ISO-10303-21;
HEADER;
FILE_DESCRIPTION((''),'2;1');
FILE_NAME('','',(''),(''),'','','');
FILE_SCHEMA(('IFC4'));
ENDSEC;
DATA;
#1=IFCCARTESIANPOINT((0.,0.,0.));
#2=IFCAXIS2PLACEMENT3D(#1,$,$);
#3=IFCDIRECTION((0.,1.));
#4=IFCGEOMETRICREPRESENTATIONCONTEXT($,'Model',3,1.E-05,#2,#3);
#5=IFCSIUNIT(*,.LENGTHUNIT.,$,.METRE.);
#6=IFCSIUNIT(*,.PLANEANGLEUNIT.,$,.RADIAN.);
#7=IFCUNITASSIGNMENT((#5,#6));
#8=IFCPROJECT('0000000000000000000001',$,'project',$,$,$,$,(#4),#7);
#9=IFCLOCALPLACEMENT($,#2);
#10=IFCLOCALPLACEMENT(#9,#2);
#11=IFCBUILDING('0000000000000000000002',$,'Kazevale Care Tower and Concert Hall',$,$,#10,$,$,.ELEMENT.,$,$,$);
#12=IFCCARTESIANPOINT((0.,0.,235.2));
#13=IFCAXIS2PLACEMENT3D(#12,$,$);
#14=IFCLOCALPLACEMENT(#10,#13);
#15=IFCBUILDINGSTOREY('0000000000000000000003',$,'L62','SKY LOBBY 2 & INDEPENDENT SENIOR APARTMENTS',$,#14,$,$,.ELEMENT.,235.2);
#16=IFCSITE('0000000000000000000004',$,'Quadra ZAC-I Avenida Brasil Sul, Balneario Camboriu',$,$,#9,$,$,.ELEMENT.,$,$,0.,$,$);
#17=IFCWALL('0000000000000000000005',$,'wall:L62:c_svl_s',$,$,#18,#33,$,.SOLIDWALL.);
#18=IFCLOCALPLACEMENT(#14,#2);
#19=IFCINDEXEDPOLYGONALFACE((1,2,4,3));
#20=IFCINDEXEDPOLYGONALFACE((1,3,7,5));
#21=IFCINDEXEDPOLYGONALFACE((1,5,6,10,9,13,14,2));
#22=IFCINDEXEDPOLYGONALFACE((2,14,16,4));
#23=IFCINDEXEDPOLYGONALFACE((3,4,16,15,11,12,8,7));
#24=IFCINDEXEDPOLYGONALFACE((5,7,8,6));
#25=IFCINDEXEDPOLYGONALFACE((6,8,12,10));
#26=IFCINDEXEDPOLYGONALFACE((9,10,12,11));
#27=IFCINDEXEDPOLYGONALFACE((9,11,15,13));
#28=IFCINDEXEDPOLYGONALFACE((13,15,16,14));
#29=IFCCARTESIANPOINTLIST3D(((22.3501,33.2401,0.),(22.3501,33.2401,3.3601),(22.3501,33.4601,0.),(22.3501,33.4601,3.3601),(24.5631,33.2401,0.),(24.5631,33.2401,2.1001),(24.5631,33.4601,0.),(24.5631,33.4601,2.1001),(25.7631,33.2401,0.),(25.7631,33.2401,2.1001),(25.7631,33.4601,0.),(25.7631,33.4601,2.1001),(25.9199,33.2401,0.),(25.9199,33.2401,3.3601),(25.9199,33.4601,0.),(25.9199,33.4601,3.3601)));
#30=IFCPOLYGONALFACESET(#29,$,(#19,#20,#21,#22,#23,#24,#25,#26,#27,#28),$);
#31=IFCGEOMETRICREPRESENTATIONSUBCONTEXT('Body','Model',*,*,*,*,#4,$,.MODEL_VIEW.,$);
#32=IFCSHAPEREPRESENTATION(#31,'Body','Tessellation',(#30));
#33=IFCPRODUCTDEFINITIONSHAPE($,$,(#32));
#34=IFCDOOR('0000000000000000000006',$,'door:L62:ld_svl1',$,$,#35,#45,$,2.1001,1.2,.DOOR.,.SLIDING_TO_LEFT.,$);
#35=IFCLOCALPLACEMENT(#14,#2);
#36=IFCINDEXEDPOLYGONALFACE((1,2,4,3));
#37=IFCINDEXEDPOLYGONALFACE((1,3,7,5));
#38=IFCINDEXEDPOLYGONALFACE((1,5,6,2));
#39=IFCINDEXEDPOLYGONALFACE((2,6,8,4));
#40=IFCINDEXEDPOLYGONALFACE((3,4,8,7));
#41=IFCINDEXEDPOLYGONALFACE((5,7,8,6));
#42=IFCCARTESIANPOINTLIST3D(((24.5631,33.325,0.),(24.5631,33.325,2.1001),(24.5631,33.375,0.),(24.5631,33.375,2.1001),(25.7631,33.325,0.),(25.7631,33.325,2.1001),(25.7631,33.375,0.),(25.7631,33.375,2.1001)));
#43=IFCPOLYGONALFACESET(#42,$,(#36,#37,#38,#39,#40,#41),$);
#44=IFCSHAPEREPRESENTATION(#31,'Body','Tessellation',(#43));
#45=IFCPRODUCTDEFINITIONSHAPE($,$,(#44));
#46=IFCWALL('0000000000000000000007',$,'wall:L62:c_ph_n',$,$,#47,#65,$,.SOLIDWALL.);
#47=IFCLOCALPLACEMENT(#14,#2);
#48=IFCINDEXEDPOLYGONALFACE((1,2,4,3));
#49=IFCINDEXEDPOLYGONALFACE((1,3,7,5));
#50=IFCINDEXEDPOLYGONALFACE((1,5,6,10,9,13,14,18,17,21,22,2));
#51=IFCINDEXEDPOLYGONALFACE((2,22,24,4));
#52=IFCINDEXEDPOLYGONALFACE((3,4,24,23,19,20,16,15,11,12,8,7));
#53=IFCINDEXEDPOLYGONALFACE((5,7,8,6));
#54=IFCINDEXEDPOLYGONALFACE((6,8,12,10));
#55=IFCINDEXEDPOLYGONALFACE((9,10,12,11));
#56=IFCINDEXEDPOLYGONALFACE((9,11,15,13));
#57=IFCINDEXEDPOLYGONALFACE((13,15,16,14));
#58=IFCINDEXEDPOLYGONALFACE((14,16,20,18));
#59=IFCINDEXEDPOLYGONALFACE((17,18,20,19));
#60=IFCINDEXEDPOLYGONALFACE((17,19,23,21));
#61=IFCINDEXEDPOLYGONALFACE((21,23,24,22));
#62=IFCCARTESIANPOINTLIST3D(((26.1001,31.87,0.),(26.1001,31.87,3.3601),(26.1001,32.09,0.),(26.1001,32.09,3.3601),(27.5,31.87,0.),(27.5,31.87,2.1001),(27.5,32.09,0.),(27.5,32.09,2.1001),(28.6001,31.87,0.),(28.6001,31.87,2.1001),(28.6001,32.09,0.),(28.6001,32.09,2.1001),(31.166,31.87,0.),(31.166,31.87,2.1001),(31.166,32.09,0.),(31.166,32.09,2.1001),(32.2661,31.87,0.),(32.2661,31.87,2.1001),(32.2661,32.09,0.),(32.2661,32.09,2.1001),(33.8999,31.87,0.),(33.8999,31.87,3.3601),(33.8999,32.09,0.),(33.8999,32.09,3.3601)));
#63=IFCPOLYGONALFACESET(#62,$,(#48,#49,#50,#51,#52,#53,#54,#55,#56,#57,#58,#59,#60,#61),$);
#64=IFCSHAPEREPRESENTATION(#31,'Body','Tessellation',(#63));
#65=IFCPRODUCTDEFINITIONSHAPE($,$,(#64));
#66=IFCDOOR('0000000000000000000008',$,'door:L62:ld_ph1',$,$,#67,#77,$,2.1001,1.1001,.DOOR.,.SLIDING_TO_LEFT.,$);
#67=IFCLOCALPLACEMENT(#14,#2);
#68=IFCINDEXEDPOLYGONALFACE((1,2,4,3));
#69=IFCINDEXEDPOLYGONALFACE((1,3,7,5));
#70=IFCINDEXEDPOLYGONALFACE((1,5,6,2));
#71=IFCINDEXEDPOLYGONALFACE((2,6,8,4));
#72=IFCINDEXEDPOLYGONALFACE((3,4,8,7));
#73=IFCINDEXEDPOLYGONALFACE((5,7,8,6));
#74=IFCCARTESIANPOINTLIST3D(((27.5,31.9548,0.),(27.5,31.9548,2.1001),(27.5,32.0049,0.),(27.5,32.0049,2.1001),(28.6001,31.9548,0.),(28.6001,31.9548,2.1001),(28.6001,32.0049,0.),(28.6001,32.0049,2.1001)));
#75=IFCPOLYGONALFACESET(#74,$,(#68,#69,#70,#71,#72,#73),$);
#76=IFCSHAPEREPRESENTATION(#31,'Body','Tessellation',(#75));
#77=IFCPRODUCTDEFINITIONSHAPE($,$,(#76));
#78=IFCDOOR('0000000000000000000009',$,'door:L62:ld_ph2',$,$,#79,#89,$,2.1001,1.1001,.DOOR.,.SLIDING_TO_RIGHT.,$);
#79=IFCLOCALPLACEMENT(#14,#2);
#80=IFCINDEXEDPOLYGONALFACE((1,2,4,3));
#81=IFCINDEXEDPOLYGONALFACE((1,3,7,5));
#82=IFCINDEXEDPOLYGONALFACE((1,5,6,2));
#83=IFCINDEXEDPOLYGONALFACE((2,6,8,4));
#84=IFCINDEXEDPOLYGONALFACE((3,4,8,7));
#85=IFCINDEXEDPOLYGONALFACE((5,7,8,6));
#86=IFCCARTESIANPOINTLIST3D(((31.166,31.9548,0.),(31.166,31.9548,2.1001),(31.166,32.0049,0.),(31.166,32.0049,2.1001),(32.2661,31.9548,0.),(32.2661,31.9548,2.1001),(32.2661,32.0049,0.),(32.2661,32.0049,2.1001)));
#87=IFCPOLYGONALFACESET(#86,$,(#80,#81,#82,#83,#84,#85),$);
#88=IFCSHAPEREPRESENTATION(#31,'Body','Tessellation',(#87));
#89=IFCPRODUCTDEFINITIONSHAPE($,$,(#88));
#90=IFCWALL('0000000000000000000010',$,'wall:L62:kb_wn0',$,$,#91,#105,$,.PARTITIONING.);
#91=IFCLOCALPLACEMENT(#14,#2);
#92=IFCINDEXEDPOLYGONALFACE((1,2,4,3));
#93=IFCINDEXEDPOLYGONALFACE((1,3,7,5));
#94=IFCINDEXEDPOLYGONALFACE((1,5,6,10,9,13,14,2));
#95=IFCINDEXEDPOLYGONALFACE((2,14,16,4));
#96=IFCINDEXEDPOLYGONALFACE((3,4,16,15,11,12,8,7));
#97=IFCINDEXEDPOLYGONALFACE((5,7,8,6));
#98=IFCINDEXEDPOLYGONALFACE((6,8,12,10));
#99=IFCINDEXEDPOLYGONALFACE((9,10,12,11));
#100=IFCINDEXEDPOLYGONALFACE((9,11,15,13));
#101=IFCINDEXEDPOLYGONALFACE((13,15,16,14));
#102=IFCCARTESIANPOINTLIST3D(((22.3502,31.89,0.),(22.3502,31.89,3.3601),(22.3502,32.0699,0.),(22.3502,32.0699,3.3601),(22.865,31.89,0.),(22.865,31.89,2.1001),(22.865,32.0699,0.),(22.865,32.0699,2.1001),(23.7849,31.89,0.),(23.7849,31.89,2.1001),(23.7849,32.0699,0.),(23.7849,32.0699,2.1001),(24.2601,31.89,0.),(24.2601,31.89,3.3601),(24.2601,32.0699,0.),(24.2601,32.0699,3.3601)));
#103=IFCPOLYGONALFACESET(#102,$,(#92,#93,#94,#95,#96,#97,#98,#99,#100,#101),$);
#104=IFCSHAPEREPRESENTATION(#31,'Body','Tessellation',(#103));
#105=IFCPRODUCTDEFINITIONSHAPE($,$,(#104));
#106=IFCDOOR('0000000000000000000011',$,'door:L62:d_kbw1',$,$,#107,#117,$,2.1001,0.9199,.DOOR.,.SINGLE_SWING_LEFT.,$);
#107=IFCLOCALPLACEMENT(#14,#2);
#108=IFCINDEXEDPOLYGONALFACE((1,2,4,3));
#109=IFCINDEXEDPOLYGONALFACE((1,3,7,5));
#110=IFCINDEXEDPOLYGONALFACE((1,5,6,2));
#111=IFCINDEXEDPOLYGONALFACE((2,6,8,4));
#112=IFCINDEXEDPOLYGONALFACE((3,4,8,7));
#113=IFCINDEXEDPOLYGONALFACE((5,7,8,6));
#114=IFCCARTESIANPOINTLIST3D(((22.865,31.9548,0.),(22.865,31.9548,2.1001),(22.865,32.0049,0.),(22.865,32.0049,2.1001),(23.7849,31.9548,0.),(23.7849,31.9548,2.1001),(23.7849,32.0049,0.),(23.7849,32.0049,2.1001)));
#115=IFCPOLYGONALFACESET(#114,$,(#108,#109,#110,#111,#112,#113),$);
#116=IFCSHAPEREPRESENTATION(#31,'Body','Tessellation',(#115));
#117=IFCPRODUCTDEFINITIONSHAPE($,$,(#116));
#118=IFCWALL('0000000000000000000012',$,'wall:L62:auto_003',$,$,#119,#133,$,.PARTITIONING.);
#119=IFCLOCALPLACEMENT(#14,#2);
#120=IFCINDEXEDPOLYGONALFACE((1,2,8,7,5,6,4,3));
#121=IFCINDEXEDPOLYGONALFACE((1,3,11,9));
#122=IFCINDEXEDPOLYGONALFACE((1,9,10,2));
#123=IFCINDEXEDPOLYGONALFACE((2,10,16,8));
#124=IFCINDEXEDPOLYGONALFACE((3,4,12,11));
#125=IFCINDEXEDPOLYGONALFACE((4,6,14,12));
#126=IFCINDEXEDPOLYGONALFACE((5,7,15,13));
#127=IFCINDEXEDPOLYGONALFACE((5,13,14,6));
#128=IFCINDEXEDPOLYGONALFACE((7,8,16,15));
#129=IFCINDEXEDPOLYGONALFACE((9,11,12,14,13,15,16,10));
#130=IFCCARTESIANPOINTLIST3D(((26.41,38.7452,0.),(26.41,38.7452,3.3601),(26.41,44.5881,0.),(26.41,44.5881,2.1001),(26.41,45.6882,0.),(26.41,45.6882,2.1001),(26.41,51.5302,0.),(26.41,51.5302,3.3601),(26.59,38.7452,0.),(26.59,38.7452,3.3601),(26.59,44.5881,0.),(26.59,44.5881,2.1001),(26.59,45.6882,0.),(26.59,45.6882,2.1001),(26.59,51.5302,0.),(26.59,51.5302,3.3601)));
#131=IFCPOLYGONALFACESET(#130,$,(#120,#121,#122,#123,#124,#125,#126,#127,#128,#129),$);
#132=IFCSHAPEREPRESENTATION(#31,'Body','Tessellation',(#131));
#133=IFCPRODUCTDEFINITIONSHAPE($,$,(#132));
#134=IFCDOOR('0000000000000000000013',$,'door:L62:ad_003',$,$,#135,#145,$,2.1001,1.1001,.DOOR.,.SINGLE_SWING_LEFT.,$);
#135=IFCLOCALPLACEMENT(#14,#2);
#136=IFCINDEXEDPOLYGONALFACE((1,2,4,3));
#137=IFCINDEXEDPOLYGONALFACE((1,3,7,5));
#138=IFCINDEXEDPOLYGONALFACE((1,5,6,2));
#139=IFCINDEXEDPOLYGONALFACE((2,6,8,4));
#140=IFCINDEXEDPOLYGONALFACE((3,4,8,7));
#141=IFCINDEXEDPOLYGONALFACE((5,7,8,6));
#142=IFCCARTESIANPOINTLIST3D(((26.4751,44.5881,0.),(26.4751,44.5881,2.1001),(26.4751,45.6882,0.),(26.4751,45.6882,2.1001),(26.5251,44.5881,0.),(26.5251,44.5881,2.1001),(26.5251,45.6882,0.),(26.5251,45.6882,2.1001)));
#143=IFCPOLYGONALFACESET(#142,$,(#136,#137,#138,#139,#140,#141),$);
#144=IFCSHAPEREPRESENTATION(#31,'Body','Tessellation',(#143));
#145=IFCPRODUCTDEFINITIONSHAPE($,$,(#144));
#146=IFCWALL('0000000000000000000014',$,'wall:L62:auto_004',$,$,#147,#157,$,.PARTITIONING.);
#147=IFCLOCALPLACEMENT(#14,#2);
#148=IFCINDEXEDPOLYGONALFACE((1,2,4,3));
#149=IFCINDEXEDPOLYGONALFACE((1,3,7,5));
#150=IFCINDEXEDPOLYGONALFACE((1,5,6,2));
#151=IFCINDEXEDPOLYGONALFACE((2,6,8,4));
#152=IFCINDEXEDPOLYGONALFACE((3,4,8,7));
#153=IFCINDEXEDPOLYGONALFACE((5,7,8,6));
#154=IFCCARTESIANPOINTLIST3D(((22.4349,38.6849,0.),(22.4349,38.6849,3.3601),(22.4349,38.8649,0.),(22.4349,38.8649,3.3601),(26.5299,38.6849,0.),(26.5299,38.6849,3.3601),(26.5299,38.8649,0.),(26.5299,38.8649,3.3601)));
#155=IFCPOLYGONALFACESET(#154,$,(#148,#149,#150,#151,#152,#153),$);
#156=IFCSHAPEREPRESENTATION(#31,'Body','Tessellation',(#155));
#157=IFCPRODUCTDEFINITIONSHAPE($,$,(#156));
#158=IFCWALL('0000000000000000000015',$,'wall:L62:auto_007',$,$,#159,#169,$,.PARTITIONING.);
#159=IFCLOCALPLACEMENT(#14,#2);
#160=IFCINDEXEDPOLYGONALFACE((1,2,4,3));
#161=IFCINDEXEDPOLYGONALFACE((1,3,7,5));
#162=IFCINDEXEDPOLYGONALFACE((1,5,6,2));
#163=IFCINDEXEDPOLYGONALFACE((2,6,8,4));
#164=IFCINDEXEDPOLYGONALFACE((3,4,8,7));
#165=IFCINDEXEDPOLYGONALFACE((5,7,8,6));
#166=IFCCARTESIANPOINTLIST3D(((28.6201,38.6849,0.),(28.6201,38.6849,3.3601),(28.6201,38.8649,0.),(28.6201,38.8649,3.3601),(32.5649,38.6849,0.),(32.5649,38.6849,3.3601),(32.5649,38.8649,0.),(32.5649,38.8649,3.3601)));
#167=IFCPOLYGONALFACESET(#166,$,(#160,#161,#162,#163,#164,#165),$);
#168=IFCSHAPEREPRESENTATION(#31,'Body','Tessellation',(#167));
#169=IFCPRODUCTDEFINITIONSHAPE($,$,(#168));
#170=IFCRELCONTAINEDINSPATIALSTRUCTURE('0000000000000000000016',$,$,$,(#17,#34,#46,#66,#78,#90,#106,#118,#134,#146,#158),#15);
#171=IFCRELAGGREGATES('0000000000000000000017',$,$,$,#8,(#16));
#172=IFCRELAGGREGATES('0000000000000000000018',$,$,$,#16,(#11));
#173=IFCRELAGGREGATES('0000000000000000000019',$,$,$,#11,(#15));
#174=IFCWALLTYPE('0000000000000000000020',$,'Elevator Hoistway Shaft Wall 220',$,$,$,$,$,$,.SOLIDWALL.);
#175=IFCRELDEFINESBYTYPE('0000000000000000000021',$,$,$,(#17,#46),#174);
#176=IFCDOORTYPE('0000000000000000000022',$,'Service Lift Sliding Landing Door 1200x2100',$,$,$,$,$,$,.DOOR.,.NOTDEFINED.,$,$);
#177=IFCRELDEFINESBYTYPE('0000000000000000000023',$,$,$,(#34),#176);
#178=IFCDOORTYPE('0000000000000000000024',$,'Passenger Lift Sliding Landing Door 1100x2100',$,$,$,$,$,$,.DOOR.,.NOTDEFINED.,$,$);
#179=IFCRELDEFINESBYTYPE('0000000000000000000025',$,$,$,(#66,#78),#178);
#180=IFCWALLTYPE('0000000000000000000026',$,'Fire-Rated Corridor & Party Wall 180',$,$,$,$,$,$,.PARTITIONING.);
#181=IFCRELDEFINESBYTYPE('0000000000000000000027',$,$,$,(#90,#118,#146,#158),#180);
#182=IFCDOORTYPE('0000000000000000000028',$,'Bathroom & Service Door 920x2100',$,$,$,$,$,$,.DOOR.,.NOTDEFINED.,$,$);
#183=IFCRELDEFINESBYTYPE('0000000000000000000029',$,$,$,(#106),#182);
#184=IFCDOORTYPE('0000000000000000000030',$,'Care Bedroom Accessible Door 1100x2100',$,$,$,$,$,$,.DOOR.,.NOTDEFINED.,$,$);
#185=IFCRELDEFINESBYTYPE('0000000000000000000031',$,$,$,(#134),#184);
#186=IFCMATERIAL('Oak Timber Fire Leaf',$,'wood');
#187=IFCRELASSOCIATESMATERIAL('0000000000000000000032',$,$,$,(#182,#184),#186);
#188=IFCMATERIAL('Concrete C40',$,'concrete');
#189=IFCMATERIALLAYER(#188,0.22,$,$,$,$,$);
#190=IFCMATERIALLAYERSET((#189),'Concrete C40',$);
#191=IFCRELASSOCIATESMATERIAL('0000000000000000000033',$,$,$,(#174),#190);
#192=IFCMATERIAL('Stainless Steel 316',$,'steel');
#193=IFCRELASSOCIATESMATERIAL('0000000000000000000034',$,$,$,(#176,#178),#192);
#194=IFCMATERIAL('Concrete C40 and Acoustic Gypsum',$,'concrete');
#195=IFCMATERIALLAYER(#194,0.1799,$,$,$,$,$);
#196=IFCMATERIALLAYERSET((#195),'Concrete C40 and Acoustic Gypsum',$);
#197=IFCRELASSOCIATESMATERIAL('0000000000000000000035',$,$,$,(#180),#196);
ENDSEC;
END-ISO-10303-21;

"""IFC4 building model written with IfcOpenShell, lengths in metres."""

from ifc_helpers import new_model, si_unit, direction, frame, frame_2d, origin, place, context, subcontext, project, spatial, rectangle, extrude, material, layer, layer_set, type_object, element, fill, save


model = new_model("IFC4")

# Units and contexts
model_context = context("Model", 3, precision=1e-05, world=origin(), true_north=direction((0.0, 1.0)))
body_context = subcontext(model_context, "Body", "Model", "MODEL_VIEW")
ifc_project = project(units=[si_unit("LENGTHUNIT", "METRE"), si_unit("PLANEANGLEUNIT", "RADIAN")], contexts=[model_context])

# Site, building, storey
site_placement = place(None, origin())
site = spatial("IfcSite", under=ifc_project, at=site_placement, Name="Quadra ZAC-I Avenida Brasil Sul, Balneario Camboriu", CompositionType="ELEMENT", RefElevation=0.0)
building_placement = place(site_placement, origin())
building = spatial("IfcBuilding", under=site, at=building_placement, Name="Kazevale Care Tower and Concert Hall", CompositionType="ELEMENT")
storey_placement = place(building_placement, frame((0.0, 0.0, 235.2)))
storey = spatial("IfcBuildingStorey", under=building, at=storey_placement, Name="L62", Description="SKY LOBBY 2 & INDEPENDENT SENIOR APARTMENTS", CompositionType="ELEMENT", Elevation=235.2)

# Shared definitions
ifc_material_1 = material(Name="Oak Timber Fire Leaf", Category="wood")
door_type_1 = type_object("IfcDoorType", Name="Bathroom & Service Door 920x2100", OperationType="NOTDEFINED", PredefinedType="DOOR", material=ifc_material_1)

# Shared definitions
ifc_material_2 = material(Name="Concrete C40", Category="concrete")
ifc_layer_1 = layer(ifc_material_2, 0.22)
ifc_layer_set_1 = layer_set([ifc_layer_1], Name="Concrete C40")
wall_type_1 = type_object("IfcWallType", Name="Elevator Hoistway Shaft Wall 220", PredefinedType="SOLIDWALL", material=ifc_layer_set_1)

# Wall, opening, door
wall_1_placement = place(storey_placement, frame((22.3501, 33.3501, 0.0), z_axis=(0.0, 0.0, 1.0), x_axis=(1.0, 0.0, 0.0)))
wall_1 = element("IfcWall", 1, at=wall_1_placement, inside=storey, type_object=wall_type_1, Name="wall:L62:c_svl_s", PredefinedType="SOLIDWALL", context=body_context, shape_type="SweptSolid", body=[
    extrude(rectangle(XDim=3.5698, YDim=0.22, at=frame_2d((1.7849, 0.0))), origin(), (0.0, 0.0, 1.0), 3.3601),
])
opening_1_placement = place(wall_1_placement, frame((2.2129, 0.0, 0.0)))
opening_1 = element("IfcOpeningElement", 2, at=opening_1_placement, cuts=wall_1, PredefinedType="OPENING", context=body_context, shape_type="SweptSolid", body=[
    extrude(rectangle(XDim=1.2, YDim=2.1001, at=frame_2d((0.6001, 1.05))), frame((0.0, 0.1199, 0.0), z_axis=(0.0, -1.0, 0.0), x_axis=(1.0, 0.0, 0.0)), (0.0, 0.0, 1.0), 0.24),
])
ifc_material_3 = material(Name="Stainless Steel 316", Category="steel")
door_type_2 = type_object("IfcDoorType", Name="Service Lift Sliding Landing Door 1200x2100", OperationType="NOTDEFINED", PredefinedType="DOOR", material=ifc_material_3)
door_1_placement = place(opening_1_placement, origin())
door_1 = element("IfcDoor", 3, at=door_1_placement, inside=storey, type_object=door_type_2, Name="door:L62:ld_svl1", OperationType="SLIDING_TO_LEFT", OverallHeight=2.1001, OverallWidth=1.2, PredefinedType="DOOR", context=body_context, shape_type="SweptSolid", body=[
    extrude(rectangle(XDim=1.2, YDim=2.1001, at=frame_2d((0.6001, 1.05))), frame((0.0, 0.0249, 0.0), z_axis=(0.0, -1.0, 0.0), x_axis=(1.0, 0.0, 0.0)), (0.0, 0.0, 1.0), 0.05),
])
fill(opening_1, door_1)

# Wall, openings, doors
wall_2_placement = place(storey_placement, frame((26.1001, 31.98, 0.0), z_axis=(0.0, 0.0, 1.0), x_axis=(1.0, 0.0, 0.0)))
wall_2 = element("IfcWall", 4, at=wall_2_placement, inside=storey, type_object=wall_type_1, Name="wall:L62:c_ph_n", PredefinedType="SOLIDWALL", context=body_context, shape_type="SweptSolid", body=[
    extrude(rectangle(XDim=7.7998, YDim=0.22, at=frame_2d((3.8999, 0.0))), origin(), (0.0, 0.0, 1.0), 3.3601),
])
opening_2_placement = place(wall_2_placement, frame((1.3999, 0.0, 0.0)))
opening_2 = element("IfcOpeningElement", 5, at=opening_2_placement, cuts=wall_2, PredefinedType="OPENING", context=body_context, shape_type="SweptSolid", body=[
    extrude(rectangle(XDim=1.1001, YDim=2.1001, at=frame_2d((0.55, 1.05))), frame((0.0, 0.1199, 0.0), z_axis=(0.0, -1.0, 0.0), x_axis=(1.0, 0.0, 0.0)), (0.0, 0.0, 1.0), 0.24),
])
opening_3_placement = place(wall_2_placement, frame((5.0659, 0.0, 0.0)))
opening_3 = element("IfcOpeningElement", 6, at=opening_3_placement, cuts=wall_2, PredefinedType="OPENING", context=body_context, shape_type="SweptSolid", body=[
    extrude(rectangle(XDim=1.1001, YDim=2.1001, at=frame_2d((0.55, 1.05))), frame((0.0, 0.1199, 0.0), z_axis=(0.0, -1.0, 0.0), x_axis=(1.0, 0.0, 0.0)), (0.0, 0.0, 1.0), 0.24),
])
door_type_3 = type_object("IfcDoorType", Name="Passenger Lift Sliding Landing Door 1100x2100", OperationType="NOTDEFINED", PredefinedType="DOOR", material=ifc_material_3)
door_2_placement = place(opening_2_placement, origin())
door_2 = element("IfcDoor", 7, at=door_2_placement, inside=storey, type_object=door_type_3, Name="door:L62:ld_ph1", OperationType="SLIDING_TO_LEFT", OverallHeight=2.1001, OverallWidth=1.1001, PredefinedType="DOOR", context=body_context, shape_type="SweptSolid", body=[
    extrude(rectangle(XDim=1.1001, YDim=2.1001, at=frame_2d((0.55, 1.05))), frame((0.0, 0.0249, 0.0), z_axis=(0.0, -1.0, 0.0), x_axis=(1.0, 0.0, 0.0)), (0.0, 0.0, 1.0), 0.05),
])
fill(opening_2, door_2)
door_3_placement = place(opening_3_placement, origin())
door_3 = element("IfcDoor", 8, at=door_3_placement, inside=storey, type_object=door_type_3, Name="door:L62:ld_ph2", OperationType="SLIDING_TO_RIGHT", OverallHeight=2.1001, OverallWidth=1.1001, PredefinedType="DOOR", context=body_context, shape_type="SweptSolid", body=[
    extrude(rectangle(XDim=1.1001, YDim=2.1001, at=frame_2d((0.55, 1.05))), frame((0.0, 0.0249, 0.0), z_axis=(0.0, -1.0, 0.0), x_axis=(1.0, 0.0, 0.0)), (0.0, 0.0, 1.0), 0.05),
])
fill(opening_3, door_3)

# Walls, openings, doors
ifc_material_4 = material(Name="Concrete C40 and Acoustic Gypsum", Category="concrete")
ifc_layer_2 = layer(ifc_material_4, 0.1799)
ifc_layer_set_2 = layer_set([ifc_layer_2], Name="Concrete C40 and Acoustic Gypsum")
wall_type_2 = type_object("IfcWallType", Name="Fire-Rated Corridor & Party Wall 180", PredefinedType="PARTITIONING", material=ifc_layer_set_2)
wall_3_placement = place(storey_placement, frame((22.3501, 31.98, 0.0), z_axis=(0.0, 0.0, 1.0), x_axis=(1.0, 0.0, 0.0)))
wall_3 = element("IfcWall", 9, at=wall_3_placement, inside=storey, type_object=wall_type_2, Name="wall:L62:kb_wn0", PredefinedType="PARTITIONING", context=body_context, shape_type="SweptSolid", body=[
    extrude(rectangle(XDim=1.9099, YDim=0.1799, at=frame_2d((0.9551, 0.0))), origin(), (0.0, 0.0, 1.0), 3.3601),
])
opening_4_placement = place(wall_3_placement, frame((0.5149, 0.0, 0.0)))
opening_4 = element("IfcOpeningElement", 10, at=opening_4_placement, cuts=wall_3, PredefinedType="OPENING", context=body_context, shape_type="SweptSolid", body=[
    extrude(rectangle(XDim=0.9199, YDim=2.1001, at=frame_2d((0.46, 1.05))), frame((0.0, 0.0999, 0.0), z_axis=(0.0, -1.0, 0.0), x_axis=(1.0, 0.0, 0.0)), (0.0, 0.0, 1.0), 0.2),
])
door_4_placement = place(opening_4_placement, origin())
door_4 = element("IfcDoor", 11, at=door_4_placement, inside=storey, type_object=door_type_1, Name="door:L62:d_kbw1", OperationType="SINGLE_SWING_LEFT", OverallHeight=2.1001, OverallWidth=0.9199, PredefinedType="DOOR", context=body_context, shape_type="SweptSolid", body=[
    extrude(rectangle(XDim=0.9199, YDim=2.1001, at=frame_2d((0.46, 1.05))), frame((0.0, 0.0249, 0.0), z_axis=(0.0, -1.0, 0.0), x_axis=(1.0, 0.0, 0.0)), (0.0, 0.0, 1.0), 0.05),
])
fill(opening_4, door_4)
wall_4_placement = place(storey_placement, frame((26.5, 38.7451, 0.0), z_axis=(0.0, 0.0, 1.0), x_axis=(0.0, 1.0, 0.0)))
wall_4 = element("IfcWall", 12, at=wall_4_placement, inside=storey, type_object=wall_type_2, Name="wall:L62:auto_003", PredefinedType="PARTITIONING", context=body_context, shape_type="SweptSolid", body=[
    extrude(rectangle(XDim=12.7849, YDim=0.1799, at=frame_2d((6.3926, 0.0))), origin(), (0.0, 0.0, 1.0), 3.3601),
])
opening_5_placement = place(wall_4_placement, frame((5.843, 0.0, 0.0)))
opening_5 = element("IfcOpeningElement", 13, at=opening_5_placement, cuts=wall_4, PredefinedType="OPENING", context=body_context, shape_type="SweptSolid", body=[
    extrude(rectangle(XDim=1.1001, YDim=2.1001, at=frame_2d((0.55, 1.05))), frame((0.0, 0.0999, 0.0), z_axis=(0.0, -1.0, 0.0), x_axis=(1.0, 0.0, 0.0)), (0.0, 0.0, 1.0), 0.2),
])
door_type_4 = type_object("IfcDoorType", Name="Care Bedroom Accessible Door 1100x2100", OperationType="NOTDEFINED", PredefinedType="DOOR", material=ifc_material_1)
door_5_placement = place(opening_5_placement, origin())
door_5 = element("IfcDoor", 14, at=door_5_placement, inside=storey, type_object=door_type_4, Name="door:L62:ad_003", OperationType="SINGLE_SWING_LEFT", OverallHeight=2.1001, OverallWidth=1.1001, PredefinedType="DOOR", context=body_context, shape_type="SweptSolid", body=[
    extrude(rectangle(XDim=1.1001, YDim=2.1001, at=frame_2d((0.55, 1.05))), frame((0.0, 0.0249, 0.0), z_axis=(0.0, -1.0, 0.0), x_axis=(1.0, 0.0, 0.0)), (0.0, 0.0, 1.0), 0.05),
])
fill(opening_5, door_5)

# Walls
wall_5_placement = place(storey_placement, frame((22.4351, 38.7749, 0.0), z_axis=(0.0, 0.0, 1.0), x_axis=(1.0, 0.0, 0.0)))
element("IfcWall", 15, at=wall_5_placement, inside=storey, type_object=wall_type_2, Name="wall:L62:auto_004", PredefinedType="PARTITIONING", context=body_context, shape_type="SweptSolid", body=[
    extrude(rectangle(XDim=4.095, YDim=0.1799, at=frame_2d((2.0474, 0.0))), origin(), (0.0, 0.0, 1.0), 3.3601),
])
wall_6_placement = place(storey_placement, frame((28.6201, 38.7749, 0.0), z_axis=(0.0, 0.0, 1.0), x_axis=(1.0, 0.0, 0.0)))
element("IfcWall", 16, at=wall_6_placement, inside=storey, type_object=wall_type_2, Name="wall:L62:auto_007", PredefinedType="PARTITIONING", context=body_context, shape_type="SweptSolid", body=[
    extrude(rectangle(XDim=3.9448, YDim=0.1799, at=frame_2d((1.9724, 0.0))), origin(), (0.0, 0.0, 1.0), 3.3601),
])

save(model, "model.ifc")
